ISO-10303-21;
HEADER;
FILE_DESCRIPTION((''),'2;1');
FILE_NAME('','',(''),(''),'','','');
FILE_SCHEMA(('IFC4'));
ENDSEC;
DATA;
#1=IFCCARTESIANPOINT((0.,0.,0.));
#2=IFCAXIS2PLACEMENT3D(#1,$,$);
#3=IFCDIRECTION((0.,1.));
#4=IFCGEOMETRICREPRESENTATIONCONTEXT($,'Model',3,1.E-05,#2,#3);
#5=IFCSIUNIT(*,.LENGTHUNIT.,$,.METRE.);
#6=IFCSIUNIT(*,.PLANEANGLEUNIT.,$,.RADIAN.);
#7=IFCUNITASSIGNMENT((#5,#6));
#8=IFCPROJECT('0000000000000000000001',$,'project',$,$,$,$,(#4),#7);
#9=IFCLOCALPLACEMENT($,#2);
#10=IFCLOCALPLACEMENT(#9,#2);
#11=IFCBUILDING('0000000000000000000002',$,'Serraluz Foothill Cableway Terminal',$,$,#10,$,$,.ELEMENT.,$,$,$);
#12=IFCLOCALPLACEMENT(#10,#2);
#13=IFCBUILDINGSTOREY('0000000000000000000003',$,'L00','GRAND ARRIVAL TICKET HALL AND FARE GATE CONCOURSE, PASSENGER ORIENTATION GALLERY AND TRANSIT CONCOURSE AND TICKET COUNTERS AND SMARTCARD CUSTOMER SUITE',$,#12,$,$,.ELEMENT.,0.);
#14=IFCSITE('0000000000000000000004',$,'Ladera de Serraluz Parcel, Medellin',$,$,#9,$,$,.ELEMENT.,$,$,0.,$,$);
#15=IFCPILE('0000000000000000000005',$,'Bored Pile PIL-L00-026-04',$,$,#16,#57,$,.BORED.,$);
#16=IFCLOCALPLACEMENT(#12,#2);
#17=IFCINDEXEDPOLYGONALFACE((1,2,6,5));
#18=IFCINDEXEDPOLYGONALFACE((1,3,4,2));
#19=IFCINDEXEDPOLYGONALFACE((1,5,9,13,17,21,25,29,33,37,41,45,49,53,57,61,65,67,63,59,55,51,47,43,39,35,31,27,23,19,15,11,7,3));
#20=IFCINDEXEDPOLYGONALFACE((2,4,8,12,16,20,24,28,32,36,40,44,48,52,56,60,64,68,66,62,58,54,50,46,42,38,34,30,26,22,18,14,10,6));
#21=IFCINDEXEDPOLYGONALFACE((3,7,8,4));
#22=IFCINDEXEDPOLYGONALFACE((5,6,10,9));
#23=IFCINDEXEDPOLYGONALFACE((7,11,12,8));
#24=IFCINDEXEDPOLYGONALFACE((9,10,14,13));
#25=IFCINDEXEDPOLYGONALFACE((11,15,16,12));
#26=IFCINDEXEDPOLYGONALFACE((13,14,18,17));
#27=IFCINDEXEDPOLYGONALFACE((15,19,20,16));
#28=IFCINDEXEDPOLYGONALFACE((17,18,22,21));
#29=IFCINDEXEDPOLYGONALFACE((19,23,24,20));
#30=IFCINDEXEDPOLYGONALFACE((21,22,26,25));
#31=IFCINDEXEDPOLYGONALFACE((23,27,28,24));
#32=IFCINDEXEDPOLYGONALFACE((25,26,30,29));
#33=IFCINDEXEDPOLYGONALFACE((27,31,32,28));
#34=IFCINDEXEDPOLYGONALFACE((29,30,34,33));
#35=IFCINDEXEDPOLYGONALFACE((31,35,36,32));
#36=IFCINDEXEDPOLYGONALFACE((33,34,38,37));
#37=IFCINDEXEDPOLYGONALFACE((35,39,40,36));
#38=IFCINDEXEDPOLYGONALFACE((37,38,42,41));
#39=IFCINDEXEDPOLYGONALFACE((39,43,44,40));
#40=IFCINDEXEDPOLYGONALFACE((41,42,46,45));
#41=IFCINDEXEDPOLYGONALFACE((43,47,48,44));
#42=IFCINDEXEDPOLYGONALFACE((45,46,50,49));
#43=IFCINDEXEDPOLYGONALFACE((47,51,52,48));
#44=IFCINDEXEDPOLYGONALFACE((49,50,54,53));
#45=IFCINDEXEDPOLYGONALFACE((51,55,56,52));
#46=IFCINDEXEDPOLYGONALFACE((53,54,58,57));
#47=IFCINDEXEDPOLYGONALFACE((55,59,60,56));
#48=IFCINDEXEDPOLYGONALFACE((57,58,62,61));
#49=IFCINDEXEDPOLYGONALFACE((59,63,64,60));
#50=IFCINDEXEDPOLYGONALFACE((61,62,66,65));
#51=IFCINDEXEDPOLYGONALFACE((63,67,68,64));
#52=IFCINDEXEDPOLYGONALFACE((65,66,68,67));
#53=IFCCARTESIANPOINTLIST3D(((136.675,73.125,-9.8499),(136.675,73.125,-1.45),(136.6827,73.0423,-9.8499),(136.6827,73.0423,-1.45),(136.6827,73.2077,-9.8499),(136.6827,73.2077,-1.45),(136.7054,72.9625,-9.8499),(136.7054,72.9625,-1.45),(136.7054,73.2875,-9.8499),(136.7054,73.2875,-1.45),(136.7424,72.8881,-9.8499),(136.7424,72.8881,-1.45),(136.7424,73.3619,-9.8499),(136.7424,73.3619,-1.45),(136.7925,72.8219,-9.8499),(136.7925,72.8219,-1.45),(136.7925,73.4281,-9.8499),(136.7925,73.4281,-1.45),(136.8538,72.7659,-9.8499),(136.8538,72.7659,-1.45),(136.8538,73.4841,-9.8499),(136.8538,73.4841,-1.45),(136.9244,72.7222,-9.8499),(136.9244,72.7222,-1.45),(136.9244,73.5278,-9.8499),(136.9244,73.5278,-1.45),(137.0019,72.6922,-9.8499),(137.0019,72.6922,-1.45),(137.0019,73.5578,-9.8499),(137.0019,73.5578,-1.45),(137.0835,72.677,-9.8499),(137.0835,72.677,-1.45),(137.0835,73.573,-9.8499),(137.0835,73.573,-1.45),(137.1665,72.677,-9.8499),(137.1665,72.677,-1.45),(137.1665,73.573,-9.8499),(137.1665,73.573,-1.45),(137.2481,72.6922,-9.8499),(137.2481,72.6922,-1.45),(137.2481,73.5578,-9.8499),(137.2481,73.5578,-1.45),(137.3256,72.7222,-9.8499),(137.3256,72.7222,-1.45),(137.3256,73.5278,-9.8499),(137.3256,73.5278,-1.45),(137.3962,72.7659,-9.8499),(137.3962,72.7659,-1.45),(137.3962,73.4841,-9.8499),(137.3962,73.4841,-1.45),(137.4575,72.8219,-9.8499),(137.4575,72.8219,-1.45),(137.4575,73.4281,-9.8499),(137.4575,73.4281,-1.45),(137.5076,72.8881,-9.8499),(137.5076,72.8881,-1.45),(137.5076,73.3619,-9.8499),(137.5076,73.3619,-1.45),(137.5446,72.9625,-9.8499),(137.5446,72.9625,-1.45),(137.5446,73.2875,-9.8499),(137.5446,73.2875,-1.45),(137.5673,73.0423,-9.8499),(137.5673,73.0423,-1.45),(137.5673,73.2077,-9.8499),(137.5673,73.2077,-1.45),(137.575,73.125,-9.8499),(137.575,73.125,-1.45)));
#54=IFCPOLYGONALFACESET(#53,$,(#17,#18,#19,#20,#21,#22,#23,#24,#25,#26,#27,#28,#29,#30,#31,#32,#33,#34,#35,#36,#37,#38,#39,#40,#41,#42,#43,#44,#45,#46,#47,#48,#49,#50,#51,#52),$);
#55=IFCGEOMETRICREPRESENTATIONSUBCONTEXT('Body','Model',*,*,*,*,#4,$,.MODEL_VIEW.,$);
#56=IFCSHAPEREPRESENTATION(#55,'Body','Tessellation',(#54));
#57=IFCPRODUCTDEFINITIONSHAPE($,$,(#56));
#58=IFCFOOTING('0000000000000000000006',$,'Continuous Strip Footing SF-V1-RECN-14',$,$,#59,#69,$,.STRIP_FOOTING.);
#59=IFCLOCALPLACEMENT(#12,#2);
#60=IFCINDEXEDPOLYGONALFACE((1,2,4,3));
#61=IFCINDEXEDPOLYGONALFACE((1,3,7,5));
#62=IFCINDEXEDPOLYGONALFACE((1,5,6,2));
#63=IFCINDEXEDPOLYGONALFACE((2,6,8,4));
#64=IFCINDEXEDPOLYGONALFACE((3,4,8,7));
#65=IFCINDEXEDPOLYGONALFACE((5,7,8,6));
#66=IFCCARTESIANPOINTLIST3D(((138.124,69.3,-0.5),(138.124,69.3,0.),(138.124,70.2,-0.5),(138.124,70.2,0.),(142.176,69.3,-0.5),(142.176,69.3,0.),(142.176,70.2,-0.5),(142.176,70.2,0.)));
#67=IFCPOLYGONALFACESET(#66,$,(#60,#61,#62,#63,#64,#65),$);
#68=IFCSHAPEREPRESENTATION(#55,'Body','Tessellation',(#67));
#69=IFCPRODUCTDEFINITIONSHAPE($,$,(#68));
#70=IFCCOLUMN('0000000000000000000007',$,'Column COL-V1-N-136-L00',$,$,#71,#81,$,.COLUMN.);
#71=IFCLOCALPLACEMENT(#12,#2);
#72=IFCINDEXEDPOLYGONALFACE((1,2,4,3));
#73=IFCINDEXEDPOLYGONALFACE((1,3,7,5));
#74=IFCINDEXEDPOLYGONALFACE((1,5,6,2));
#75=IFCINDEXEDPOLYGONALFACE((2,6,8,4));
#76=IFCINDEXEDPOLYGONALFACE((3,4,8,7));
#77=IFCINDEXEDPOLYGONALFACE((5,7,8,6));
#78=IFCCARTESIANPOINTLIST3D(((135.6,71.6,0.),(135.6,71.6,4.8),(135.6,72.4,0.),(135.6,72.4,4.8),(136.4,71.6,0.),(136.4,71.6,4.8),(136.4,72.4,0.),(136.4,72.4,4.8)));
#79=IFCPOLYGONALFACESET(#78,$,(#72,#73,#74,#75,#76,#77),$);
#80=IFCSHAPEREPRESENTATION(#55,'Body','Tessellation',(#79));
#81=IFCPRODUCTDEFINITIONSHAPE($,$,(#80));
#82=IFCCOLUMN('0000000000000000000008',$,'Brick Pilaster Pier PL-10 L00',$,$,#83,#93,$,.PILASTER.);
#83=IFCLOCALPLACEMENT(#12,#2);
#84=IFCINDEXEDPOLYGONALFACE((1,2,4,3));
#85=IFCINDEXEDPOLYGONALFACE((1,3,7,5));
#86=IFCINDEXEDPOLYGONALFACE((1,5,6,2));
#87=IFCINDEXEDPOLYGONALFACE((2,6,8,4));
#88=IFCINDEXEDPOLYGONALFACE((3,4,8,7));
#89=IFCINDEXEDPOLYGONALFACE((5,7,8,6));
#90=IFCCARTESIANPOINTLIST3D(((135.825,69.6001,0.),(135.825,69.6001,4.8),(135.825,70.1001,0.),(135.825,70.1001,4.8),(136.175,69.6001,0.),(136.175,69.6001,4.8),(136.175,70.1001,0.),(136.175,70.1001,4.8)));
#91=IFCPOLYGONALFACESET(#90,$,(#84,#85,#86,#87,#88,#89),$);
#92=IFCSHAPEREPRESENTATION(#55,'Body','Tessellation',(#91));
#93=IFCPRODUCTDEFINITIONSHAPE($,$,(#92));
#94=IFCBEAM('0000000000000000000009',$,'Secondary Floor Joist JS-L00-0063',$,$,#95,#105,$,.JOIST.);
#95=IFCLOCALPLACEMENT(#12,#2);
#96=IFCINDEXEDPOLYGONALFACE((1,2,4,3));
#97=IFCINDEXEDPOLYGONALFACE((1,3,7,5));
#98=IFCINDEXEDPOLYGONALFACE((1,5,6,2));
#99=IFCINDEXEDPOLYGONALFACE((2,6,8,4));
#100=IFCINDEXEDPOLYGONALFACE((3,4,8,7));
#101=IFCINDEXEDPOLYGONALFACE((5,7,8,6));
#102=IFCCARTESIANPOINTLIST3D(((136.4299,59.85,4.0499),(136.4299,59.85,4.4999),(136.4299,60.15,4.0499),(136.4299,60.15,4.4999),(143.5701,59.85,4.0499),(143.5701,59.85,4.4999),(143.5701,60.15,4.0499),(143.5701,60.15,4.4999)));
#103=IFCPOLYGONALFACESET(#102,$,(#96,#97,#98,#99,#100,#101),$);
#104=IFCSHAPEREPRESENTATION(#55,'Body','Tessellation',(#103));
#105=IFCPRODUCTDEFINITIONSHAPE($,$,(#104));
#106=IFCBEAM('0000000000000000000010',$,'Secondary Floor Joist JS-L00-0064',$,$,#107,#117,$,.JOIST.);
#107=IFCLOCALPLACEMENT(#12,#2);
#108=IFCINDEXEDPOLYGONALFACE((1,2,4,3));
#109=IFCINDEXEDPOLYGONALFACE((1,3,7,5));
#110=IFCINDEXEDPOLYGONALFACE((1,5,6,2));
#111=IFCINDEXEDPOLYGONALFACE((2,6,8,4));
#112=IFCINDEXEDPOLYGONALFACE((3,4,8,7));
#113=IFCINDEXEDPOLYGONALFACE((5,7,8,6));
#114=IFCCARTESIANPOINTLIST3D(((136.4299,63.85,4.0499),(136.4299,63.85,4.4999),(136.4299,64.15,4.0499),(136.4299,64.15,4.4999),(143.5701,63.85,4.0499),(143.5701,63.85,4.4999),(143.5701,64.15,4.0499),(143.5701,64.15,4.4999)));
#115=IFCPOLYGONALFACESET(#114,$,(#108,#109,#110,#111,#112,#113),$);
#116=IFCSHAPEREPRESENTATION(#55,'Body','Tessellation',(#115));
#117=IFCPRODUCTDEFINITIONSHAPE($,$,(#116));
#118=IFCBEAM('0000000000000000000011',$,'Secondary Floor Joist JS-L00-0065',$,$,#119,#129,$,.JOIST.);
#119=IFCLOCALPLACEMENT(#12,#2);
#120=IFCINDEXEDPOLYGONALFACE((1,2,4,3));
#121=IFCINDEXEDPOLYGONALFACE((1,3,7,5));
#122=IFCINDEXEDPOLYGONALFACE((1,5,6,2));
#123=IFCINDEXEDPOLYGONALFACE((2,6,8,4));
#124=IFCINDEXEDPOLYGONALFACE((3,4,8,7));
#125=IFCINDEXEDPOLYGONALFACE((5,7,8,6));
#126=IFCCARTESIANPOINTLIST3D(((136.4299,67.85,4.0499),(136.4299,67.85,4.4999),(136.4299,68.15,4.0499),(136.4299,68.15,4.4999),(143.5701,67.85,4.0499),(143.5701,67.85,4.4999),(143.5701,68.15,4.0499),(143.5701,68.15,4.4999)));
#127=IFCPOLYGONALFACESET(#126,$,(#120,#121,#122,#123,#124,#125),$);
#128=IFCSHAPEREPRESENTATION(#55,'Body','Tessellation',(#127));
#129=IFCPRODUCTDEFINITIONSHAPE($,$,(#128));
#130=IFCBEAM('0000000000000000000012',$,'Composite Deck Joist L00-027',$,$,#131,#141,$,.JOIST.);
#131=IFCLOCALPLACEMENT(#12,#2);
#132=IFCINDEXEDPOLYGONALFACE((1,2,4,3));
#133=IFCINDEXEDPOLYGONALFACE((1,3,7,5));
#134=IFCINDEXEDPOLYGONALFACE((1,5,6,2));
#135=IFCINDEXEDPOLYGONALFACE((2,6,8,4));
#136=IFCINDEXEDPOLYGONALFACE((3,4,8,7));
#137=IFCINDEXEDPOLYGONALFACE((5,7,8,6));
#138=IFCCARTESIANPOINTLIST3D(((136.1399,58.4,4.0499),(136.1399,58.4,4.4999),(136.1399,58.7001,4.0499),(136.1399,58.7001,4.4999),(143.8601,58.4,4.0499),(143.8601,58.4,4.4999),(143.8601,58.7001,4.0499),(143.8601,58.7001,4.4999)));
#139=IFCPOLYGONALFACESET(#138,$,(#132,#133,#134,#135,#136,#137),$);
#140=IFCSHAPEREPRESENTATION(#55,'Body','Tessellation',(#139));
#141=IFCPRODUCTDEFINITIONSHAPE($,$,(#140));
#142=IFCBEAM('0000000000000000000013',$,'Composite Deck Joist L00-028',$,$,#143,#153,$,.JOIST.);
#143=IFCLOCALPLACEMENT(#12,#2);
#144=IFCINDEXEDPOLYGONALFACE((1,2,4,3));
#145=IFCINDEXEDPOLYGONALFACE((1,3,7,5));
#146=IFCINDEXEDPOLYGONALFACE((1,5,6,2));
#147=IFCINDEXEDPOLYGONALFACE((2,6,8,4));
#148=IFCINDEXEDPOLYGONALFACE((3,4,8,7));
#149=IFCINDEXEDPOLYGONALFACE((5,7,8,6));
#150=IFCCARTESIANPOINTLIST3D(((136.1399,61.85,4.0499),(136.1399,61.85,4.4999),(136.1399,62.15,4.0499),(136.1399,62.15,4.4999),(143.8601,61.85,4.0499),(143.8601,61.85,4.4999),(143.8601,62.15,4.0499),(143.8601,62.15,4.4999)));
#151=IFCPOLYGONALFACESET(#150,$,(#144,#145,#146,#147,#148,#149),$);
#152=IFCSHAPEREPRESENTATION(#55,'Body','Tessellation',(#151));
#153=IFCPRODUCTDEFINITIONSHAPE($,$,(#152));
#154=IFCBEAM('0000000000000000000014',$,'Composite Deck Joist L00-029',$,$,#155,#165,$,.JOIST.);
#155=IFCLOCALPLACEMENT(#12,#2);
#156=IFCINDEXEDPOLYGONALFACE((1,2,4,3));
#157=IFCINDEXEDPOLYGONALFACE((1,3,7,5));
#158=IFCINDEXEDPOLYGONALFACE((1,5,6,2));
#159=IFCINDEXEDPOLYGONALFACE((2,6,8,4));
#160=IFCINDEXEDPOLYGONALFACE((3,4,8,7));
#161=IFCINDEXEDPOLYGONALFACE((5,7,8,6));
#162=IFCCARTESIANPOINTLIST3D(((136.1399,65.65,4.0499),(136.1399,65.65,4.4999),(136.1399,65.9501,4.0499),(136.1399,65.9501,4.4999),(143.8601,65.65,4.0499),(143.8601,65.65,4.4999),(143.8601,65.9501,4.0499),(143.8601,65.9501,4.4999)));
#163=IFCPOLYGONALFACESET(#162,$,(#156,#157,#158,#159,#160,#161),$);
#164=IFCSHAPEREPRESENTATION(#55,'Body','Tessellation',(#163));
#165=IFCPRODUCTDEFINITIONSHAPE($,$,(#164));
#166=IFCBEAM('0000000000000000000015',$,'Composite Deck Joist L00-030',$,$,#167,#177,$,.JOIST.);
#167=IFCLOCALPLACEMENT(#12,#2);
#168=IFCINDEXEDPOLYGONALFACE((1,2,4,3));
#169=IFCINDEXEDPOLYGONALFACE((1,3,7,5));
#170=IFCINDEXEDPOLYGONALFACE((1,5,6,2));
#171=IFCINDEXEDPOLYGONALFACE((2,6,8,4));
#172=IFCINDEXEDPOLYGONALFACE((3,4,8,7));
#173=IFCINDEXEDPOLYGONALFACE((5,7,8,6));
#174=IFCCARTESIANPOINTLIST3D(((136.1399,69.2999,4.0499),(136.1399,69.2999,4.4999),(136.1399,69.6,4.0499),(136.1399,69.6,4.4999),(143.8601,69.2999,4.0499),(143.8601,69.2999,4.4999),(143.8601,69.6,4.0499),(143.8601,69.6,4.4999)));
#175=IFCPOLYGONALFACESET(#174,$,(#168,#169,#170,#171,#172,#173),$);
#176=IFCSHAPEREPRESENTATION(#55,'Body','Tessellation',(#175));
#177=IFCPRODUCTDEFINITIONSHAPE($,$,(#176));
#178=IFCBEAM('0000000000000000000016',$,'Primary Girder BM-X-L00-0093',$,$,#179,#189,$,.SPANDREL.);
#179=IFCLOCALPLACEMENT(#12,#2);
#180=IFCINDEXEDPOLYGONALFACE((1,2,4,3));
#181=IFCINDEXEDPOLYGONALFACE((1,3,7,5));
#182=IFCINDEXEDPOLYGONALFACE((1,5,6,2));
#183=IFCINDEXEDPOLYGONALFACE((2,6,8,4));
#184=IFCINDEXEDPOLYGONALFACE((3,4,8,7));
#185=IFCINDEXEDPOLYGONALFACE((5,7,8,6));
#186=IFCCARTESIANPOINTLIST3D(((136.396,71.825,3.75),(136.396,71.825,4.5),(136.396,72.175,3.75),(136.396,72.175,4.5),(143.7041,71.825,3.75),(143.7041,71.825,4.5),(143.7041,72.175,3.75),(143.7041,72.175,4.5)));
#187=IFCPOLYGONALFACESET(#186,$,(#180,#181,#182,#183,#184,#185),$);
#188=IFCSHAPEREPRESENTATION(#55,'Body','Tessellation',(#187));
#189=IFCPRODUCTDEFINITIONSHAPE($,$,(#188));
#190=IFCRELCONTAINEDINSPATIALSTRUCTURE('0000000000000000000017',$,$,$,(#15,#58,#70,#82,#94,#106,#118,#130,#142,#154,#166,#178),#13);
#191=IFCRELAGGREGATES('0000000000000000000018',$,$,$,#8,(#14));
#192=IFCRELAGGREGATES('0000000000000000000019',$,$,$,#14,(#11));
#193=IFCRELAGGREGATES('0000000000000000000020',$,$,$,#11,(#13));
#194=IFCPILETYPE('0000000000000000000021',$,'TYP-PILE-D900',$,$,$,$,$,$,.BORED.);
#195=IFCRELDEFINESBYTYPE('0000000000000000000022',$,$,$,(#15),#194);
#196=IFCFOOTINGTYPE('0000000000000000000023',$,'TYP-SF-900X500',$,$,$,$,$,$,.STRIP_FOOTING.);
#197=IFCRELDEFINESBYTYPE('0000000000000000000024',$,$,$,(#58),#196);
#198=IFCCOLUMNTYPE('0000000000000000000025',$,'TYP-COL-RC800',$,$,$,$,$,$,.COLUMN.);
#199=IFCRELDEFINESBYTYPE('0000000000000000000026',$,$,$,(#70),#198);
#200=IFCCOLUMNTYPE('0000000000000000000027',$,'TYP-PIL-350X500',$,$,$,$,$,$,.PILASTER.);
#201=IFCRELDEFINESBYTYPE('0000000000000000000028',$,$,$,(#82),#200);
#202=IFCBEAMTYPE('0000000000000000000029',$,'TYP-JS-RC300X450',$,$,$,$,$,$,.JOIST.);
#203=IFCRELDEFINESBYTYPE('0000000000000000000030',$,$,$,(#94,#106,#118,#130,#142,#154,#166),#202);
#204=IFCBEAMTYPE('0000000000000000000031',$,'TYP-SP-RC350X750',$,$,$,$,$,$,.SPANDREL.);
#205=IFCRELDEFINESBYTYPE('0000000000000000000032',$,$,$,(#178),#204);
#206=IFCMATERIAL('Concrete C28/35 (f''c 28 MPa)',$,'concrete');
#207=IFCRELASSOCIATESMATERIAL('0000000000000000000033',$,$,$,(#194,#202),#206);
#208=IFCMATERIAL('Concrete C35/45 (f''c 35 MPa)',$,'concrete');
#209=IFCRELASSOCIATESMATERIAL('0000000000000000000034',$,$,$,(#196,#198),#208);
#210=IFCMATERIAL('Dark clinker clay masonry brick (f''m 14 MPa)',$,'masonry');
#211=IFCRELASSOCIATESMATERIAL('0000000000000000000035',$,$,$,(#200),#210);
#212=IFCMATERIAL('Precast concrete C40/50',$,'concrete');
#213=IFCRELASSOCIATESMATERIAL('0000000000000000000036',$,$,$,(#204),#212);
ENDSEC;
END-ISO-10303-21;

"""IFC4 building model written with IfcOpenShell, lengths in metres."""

from ifc_helpers import new_model, si_unit, direction, frame, origin, origin_2d, place, context, subcontext, project, spatial, rectangle, circle, extrude, material, material_profile, profile_set, type_object, element, save


model = new_model("IFC4")

# Units and contexts
model_context = context("Model", 3, precision=1e-05, world=origin(), true_north=direction((0.0, 1.0)))
body_context = subcontext(model_context, "Body", "Model", "MODEL_VIEW")
ifc_project = project(units=[si_unit("LENGTHUNIT", "METRE"), si_unit("PLANEANGLEUNIT", "RADIAN")], contexts=[model_context])

# Site, building, storey
site_placement = place(None, origin())
site = spatial("IfcSite", under=ifc_project, at=site_placement, Name="Ladera de Serraluz Parcel, Medellin", CompositionType="ELEMENT", RefElevation=0.0)
building_placement = place(site_placement, origin())
building = spatial("IfcBuilding", under=site, at=building_placement, Name="Serraluz Foothill Cableway Terminal", CompositionType="ELEMENT")
storey_placement = place(building_placement, origin())
storey = spatial("IfcBuildingStorey", under=building, at=storey_placement, Name="L00", Description="GRAND ARRIVAL TICKET HALL AND FARE GATE CONCOURSE, PASSENGER ORIENTATION GALLERY AND TRANSIT CONCOURSE AND TICKET COUNTERS AND SMARTCARD CUSTOMER SUITE", CompositionType="ELEMENT", Elevation=0.0)

# Shared definitions
ifc_material_1 = material(Name="Concrete C35/45 (f'c 35 MPa)", Category="concrete")

# Pile
ifc_material_2 = material(Name="Concrete C28/35 (f'c 28 MPa)", Category="concrete")
ifc_material_profile_1 = material_profile(ifc_material_2, circle(Radius=0.45, at=origin_2d()), Name="BORED PILE D900")
ifc_profile_set_1 = profile_set([ifc_material_profile_1], Name="Concrete C28/35 (f'c 28 MPa)")
pile_type_1 = type_object("IfcPileType", Name="TYP-PILE-D900", PredefinedType="BORED", material=ifc_profile_set_1)
for number, where, z_axis, x_axis, name in (
    (1, (137.125, 73.125, -1.45), (0.0, 0.0, -1.0), (1.0, 0.0, 0.0), "Bored Pile PIL-L00-026-04"),
):
    element("IfcPile", number, at=place(storey_placement, frame(where, z_axis=z_axis, x_axis=x_axis)), inside=storey, type_object=pile_type_1, Name=name, PredefinedType="BORED", context=body_context, shape_type="SweptSolid", body=[
        extrude(circle(Radius=0.45, at=origin_2d()), origin(), (0.0, 0.0, 1.0), 8.3999),
    ])

# Footing
ifc_material_profile_2 = material_profile(ifc_material_1, rectangle(XDim=0.8999, YDim=0.5, at=origin_2d()), Name="SF 900x500")
ifc_profile_set_2 = profile_set([ifc_material_profile_2], Name="Concrete C35/45 (f'c 35 MPa)")
footing_type_1 = type_object("IfcFootingType", Name="TYP-SF-900X500", PredefinedType="STRIP_FOOTING", material=ifc_profile_set_2)
footing_1_placement = place(storey_placement, frame((138.124, 69.75, -0.25), z_axis=(1.0, 0.0, 0.0), x_axis=(0.0, 1.0, 0.0)))
element("IfcFooting", 2, at=footing_1_placement, inside=storey, type_object=footing_type_1, Name="Continuous Strip Footing SF-V1-RECN-14", PredefinedType="STRIP_FOOTING", context=body_context, shape_type="SweptSolid", body=[
    extrude(rectangle(XDim=0.8999, YDim=0.5, at=origin_2d()), origin(), (0.0, 0.0, 1.0), 4.052),
])

# Columns
ifc_material_profile_3 = material_profile(ifc_material_1, rectangle(XDim=0.8, YDim=0.8, at=origin_2d()), Name="RC 800x800")
ifc_profile_set_3 = profile_set([ifc_material_profile_3], Name="Concrete C35/45 (f'c 35 MPa)")
column_type_1 = type_object("IfcColumnType", Name="TYP-COL-RC800", PredefinedType="COLUMN", material=ifc_profile_set_3)
column_1_placement = place(storey_placement, frame((136.0, 72.0, 0.0), z_axis=(0.0, 0.0, 1.0), x_axis=(1.0, 0.0, 0.0)))
element("IfcColumn", 3, at=column_1_placement, inside=storey, type_object=column_type_1, Name="Column COL-V1-N-136-L00", PredefinedType="COLUMN", context=body_context, shape_type="SweptSolid", body=[
    extrude(rectangle(XDim=0.8, YDim=0.8, at=origin_2d()), origin(), (0.0, 0.0, 1.0), 4.8),
])
ifc_material_3 = material(Name="Dark clinker clay masonry brick (f'm 14 MPa)", Category="masonry")
ifc_material_profile_4 = material_profile(ifc_material_3, rectangle(XDim=0.3501, YDim=0.5, at=origin_2d()), Name="PIL 350x500")
ifc_profile_set_4 = profile_set([ifc_material_profile_4], Name="Dark clinker clay masonry brick (f'm 14 MPa)")
column_type_2 = type_object("IfcColumnType", Name="TYP-PIL-350X500", PredefinedType="PILASTER", material=ifc_profile_set_4)
column_2_placement = place(storey_placement, frame((136.0, 69.8501, 0.0), z_axis=(0.0, 0.0, 1.0), x_axis=(1.0, 0.0, 0.0)))
element("IfcColumn", 4, at=column_2_placement, inside=storey, type_object=column_type_2, Name="Brick Pilaster Pier PL-10 L00", PredefinedType="PILASTER", context=body_context, shape_type="SweptSolid", body=[
    extrude(rectangle(XDim=0.3501, YDim=0.5, at=origin_2d()), origin(), (0.0, 0.0, 1.0), 4.8),
])

# Beams
ifc_material_profile_5 = material_profile(ifc_material_2, rectangle(XDim=0.3, YDim=0.45, at=origin_2d()), Name="RC 300x450")
ifc_profile_set_5 = profile_set([ifc_material_profile_5], Name="Concrete C28/35 (f'c 28 MPa)")
beam_type_1 = type_object("IfcBeamType", Name="TYP-JS-RC300X450", PredefinedType="JOIST", material=ifc_profile_set_5)
for number, where, z_axis, x_axis, name in (
    (5, (136.4299, 60.0, 4.2749), (1.0, 0.0, 0.0), (0.0, 1.0, 0.0), "Secondary Floor Joist JS-L00-0063"),
    (6, (136.4299, 64.0, 4.2749), (1.0, 0.0, 0.0), (0.0, 1.0, 0.0), "Secondary Floor Joist JS-L00-0064"),
    (7, (136.4299, 68.0, 4.2749), (1.0, 0.0, 0.0), (0.0, 1.0, 0.0), "Secondary Floor Joist JS-L00-0065"),
):
    element("IfcBeam", number, at=place(storey_placement, frame(where, z_axis=z_axis, x_axis=x_axis)), inside=storey, type_object=beam_type_1, Name=name, PredefinedType="JOIST", context=body_context, shape_type="SweptSolid", body=[
        extrude(rectangle(XDim=0.3, YDim=0.45, at=origin_2d()), origin(), (0.0, 0.0, 1.0), 7.1401),
    ])
for number, where, z_axis, x_axis, name in (
    (8, (136.1399, 58.55, 4.2749), (1.0, 0.0, 0.0), (0.0, 1.0, 0.0), "Composite Deck Joist L00-027"),
    (9, (136.1399, 62.0, 4.2749), (1.0, 0.0, 0.0), (0.0, 1.0, 0.0), "Composite Deck Joist L00-028"),
    (10, (136.1399, 65.8, 4.2749), (1.0, 0.0, 0.0), (0.0, 1.0, 0.0), "Composite Deck Joist L00-029"),
    (11, (136.1399, 69.45, 4.2749), (1.0, 0.0, 0.0), (0.0, 1.0, 0.0), "Composite Deck Joist L00-030"),
):
    element("IfcBeam", number, at=place(storey_placement, frame(where, z_axis=z_axis, x_axis=x_axis)), inside=storey, type_object=beam_type_1, Name=name, PredefinedType="JOIST", context=body_context, shape_type="SweptSolid", body=[
        extrude(rectangle(XDim=0.3, YDim=0.45, at=origin_2d()), origin(), (0.0, 0.0, 1.0), 7.7202),
    ])
ifc_material_4 = material(Name="Precast concrete C40/50", Category="concrete")
ifc_material_profile_6 = material_profile(ifc_material_4, rectangle(XDim=0.3501, YDim=0.75, at=origin_2d()), Name="RC SP 350x750")
ifc_profile_set_6 = profile_set([ifc_material_profile_6], Name="Precast concrete C40/50")
beam_type_2 = type_object("IfcBeamType", Name="TYP-SP-RC350X750", PredefinedType="SPANDREL", material=ifc_profile_set_6)
beam_placement = place(storey_placement, frame((136.396, 72.0, 4.125), z_axis=(1.0, 0.0, 0.0), x_axis=(0.0, 1.0, 0.0)))
element("IfcBeam", 12, at=beam_placement, inside=storey, type_object=beam_type_2, Name="Primary Girder BM-X-L00-0093", PredefinedType="SPANDREL", context=body_context, shape_type="SweptSolid", body=[
    extrude(rectangle(XDim=0.3501, YDim=0.75, at=origin_2d()), origin(), (0.0, 0.0, 1.0), 7.3081),
])

save(model, "model.ifc")
